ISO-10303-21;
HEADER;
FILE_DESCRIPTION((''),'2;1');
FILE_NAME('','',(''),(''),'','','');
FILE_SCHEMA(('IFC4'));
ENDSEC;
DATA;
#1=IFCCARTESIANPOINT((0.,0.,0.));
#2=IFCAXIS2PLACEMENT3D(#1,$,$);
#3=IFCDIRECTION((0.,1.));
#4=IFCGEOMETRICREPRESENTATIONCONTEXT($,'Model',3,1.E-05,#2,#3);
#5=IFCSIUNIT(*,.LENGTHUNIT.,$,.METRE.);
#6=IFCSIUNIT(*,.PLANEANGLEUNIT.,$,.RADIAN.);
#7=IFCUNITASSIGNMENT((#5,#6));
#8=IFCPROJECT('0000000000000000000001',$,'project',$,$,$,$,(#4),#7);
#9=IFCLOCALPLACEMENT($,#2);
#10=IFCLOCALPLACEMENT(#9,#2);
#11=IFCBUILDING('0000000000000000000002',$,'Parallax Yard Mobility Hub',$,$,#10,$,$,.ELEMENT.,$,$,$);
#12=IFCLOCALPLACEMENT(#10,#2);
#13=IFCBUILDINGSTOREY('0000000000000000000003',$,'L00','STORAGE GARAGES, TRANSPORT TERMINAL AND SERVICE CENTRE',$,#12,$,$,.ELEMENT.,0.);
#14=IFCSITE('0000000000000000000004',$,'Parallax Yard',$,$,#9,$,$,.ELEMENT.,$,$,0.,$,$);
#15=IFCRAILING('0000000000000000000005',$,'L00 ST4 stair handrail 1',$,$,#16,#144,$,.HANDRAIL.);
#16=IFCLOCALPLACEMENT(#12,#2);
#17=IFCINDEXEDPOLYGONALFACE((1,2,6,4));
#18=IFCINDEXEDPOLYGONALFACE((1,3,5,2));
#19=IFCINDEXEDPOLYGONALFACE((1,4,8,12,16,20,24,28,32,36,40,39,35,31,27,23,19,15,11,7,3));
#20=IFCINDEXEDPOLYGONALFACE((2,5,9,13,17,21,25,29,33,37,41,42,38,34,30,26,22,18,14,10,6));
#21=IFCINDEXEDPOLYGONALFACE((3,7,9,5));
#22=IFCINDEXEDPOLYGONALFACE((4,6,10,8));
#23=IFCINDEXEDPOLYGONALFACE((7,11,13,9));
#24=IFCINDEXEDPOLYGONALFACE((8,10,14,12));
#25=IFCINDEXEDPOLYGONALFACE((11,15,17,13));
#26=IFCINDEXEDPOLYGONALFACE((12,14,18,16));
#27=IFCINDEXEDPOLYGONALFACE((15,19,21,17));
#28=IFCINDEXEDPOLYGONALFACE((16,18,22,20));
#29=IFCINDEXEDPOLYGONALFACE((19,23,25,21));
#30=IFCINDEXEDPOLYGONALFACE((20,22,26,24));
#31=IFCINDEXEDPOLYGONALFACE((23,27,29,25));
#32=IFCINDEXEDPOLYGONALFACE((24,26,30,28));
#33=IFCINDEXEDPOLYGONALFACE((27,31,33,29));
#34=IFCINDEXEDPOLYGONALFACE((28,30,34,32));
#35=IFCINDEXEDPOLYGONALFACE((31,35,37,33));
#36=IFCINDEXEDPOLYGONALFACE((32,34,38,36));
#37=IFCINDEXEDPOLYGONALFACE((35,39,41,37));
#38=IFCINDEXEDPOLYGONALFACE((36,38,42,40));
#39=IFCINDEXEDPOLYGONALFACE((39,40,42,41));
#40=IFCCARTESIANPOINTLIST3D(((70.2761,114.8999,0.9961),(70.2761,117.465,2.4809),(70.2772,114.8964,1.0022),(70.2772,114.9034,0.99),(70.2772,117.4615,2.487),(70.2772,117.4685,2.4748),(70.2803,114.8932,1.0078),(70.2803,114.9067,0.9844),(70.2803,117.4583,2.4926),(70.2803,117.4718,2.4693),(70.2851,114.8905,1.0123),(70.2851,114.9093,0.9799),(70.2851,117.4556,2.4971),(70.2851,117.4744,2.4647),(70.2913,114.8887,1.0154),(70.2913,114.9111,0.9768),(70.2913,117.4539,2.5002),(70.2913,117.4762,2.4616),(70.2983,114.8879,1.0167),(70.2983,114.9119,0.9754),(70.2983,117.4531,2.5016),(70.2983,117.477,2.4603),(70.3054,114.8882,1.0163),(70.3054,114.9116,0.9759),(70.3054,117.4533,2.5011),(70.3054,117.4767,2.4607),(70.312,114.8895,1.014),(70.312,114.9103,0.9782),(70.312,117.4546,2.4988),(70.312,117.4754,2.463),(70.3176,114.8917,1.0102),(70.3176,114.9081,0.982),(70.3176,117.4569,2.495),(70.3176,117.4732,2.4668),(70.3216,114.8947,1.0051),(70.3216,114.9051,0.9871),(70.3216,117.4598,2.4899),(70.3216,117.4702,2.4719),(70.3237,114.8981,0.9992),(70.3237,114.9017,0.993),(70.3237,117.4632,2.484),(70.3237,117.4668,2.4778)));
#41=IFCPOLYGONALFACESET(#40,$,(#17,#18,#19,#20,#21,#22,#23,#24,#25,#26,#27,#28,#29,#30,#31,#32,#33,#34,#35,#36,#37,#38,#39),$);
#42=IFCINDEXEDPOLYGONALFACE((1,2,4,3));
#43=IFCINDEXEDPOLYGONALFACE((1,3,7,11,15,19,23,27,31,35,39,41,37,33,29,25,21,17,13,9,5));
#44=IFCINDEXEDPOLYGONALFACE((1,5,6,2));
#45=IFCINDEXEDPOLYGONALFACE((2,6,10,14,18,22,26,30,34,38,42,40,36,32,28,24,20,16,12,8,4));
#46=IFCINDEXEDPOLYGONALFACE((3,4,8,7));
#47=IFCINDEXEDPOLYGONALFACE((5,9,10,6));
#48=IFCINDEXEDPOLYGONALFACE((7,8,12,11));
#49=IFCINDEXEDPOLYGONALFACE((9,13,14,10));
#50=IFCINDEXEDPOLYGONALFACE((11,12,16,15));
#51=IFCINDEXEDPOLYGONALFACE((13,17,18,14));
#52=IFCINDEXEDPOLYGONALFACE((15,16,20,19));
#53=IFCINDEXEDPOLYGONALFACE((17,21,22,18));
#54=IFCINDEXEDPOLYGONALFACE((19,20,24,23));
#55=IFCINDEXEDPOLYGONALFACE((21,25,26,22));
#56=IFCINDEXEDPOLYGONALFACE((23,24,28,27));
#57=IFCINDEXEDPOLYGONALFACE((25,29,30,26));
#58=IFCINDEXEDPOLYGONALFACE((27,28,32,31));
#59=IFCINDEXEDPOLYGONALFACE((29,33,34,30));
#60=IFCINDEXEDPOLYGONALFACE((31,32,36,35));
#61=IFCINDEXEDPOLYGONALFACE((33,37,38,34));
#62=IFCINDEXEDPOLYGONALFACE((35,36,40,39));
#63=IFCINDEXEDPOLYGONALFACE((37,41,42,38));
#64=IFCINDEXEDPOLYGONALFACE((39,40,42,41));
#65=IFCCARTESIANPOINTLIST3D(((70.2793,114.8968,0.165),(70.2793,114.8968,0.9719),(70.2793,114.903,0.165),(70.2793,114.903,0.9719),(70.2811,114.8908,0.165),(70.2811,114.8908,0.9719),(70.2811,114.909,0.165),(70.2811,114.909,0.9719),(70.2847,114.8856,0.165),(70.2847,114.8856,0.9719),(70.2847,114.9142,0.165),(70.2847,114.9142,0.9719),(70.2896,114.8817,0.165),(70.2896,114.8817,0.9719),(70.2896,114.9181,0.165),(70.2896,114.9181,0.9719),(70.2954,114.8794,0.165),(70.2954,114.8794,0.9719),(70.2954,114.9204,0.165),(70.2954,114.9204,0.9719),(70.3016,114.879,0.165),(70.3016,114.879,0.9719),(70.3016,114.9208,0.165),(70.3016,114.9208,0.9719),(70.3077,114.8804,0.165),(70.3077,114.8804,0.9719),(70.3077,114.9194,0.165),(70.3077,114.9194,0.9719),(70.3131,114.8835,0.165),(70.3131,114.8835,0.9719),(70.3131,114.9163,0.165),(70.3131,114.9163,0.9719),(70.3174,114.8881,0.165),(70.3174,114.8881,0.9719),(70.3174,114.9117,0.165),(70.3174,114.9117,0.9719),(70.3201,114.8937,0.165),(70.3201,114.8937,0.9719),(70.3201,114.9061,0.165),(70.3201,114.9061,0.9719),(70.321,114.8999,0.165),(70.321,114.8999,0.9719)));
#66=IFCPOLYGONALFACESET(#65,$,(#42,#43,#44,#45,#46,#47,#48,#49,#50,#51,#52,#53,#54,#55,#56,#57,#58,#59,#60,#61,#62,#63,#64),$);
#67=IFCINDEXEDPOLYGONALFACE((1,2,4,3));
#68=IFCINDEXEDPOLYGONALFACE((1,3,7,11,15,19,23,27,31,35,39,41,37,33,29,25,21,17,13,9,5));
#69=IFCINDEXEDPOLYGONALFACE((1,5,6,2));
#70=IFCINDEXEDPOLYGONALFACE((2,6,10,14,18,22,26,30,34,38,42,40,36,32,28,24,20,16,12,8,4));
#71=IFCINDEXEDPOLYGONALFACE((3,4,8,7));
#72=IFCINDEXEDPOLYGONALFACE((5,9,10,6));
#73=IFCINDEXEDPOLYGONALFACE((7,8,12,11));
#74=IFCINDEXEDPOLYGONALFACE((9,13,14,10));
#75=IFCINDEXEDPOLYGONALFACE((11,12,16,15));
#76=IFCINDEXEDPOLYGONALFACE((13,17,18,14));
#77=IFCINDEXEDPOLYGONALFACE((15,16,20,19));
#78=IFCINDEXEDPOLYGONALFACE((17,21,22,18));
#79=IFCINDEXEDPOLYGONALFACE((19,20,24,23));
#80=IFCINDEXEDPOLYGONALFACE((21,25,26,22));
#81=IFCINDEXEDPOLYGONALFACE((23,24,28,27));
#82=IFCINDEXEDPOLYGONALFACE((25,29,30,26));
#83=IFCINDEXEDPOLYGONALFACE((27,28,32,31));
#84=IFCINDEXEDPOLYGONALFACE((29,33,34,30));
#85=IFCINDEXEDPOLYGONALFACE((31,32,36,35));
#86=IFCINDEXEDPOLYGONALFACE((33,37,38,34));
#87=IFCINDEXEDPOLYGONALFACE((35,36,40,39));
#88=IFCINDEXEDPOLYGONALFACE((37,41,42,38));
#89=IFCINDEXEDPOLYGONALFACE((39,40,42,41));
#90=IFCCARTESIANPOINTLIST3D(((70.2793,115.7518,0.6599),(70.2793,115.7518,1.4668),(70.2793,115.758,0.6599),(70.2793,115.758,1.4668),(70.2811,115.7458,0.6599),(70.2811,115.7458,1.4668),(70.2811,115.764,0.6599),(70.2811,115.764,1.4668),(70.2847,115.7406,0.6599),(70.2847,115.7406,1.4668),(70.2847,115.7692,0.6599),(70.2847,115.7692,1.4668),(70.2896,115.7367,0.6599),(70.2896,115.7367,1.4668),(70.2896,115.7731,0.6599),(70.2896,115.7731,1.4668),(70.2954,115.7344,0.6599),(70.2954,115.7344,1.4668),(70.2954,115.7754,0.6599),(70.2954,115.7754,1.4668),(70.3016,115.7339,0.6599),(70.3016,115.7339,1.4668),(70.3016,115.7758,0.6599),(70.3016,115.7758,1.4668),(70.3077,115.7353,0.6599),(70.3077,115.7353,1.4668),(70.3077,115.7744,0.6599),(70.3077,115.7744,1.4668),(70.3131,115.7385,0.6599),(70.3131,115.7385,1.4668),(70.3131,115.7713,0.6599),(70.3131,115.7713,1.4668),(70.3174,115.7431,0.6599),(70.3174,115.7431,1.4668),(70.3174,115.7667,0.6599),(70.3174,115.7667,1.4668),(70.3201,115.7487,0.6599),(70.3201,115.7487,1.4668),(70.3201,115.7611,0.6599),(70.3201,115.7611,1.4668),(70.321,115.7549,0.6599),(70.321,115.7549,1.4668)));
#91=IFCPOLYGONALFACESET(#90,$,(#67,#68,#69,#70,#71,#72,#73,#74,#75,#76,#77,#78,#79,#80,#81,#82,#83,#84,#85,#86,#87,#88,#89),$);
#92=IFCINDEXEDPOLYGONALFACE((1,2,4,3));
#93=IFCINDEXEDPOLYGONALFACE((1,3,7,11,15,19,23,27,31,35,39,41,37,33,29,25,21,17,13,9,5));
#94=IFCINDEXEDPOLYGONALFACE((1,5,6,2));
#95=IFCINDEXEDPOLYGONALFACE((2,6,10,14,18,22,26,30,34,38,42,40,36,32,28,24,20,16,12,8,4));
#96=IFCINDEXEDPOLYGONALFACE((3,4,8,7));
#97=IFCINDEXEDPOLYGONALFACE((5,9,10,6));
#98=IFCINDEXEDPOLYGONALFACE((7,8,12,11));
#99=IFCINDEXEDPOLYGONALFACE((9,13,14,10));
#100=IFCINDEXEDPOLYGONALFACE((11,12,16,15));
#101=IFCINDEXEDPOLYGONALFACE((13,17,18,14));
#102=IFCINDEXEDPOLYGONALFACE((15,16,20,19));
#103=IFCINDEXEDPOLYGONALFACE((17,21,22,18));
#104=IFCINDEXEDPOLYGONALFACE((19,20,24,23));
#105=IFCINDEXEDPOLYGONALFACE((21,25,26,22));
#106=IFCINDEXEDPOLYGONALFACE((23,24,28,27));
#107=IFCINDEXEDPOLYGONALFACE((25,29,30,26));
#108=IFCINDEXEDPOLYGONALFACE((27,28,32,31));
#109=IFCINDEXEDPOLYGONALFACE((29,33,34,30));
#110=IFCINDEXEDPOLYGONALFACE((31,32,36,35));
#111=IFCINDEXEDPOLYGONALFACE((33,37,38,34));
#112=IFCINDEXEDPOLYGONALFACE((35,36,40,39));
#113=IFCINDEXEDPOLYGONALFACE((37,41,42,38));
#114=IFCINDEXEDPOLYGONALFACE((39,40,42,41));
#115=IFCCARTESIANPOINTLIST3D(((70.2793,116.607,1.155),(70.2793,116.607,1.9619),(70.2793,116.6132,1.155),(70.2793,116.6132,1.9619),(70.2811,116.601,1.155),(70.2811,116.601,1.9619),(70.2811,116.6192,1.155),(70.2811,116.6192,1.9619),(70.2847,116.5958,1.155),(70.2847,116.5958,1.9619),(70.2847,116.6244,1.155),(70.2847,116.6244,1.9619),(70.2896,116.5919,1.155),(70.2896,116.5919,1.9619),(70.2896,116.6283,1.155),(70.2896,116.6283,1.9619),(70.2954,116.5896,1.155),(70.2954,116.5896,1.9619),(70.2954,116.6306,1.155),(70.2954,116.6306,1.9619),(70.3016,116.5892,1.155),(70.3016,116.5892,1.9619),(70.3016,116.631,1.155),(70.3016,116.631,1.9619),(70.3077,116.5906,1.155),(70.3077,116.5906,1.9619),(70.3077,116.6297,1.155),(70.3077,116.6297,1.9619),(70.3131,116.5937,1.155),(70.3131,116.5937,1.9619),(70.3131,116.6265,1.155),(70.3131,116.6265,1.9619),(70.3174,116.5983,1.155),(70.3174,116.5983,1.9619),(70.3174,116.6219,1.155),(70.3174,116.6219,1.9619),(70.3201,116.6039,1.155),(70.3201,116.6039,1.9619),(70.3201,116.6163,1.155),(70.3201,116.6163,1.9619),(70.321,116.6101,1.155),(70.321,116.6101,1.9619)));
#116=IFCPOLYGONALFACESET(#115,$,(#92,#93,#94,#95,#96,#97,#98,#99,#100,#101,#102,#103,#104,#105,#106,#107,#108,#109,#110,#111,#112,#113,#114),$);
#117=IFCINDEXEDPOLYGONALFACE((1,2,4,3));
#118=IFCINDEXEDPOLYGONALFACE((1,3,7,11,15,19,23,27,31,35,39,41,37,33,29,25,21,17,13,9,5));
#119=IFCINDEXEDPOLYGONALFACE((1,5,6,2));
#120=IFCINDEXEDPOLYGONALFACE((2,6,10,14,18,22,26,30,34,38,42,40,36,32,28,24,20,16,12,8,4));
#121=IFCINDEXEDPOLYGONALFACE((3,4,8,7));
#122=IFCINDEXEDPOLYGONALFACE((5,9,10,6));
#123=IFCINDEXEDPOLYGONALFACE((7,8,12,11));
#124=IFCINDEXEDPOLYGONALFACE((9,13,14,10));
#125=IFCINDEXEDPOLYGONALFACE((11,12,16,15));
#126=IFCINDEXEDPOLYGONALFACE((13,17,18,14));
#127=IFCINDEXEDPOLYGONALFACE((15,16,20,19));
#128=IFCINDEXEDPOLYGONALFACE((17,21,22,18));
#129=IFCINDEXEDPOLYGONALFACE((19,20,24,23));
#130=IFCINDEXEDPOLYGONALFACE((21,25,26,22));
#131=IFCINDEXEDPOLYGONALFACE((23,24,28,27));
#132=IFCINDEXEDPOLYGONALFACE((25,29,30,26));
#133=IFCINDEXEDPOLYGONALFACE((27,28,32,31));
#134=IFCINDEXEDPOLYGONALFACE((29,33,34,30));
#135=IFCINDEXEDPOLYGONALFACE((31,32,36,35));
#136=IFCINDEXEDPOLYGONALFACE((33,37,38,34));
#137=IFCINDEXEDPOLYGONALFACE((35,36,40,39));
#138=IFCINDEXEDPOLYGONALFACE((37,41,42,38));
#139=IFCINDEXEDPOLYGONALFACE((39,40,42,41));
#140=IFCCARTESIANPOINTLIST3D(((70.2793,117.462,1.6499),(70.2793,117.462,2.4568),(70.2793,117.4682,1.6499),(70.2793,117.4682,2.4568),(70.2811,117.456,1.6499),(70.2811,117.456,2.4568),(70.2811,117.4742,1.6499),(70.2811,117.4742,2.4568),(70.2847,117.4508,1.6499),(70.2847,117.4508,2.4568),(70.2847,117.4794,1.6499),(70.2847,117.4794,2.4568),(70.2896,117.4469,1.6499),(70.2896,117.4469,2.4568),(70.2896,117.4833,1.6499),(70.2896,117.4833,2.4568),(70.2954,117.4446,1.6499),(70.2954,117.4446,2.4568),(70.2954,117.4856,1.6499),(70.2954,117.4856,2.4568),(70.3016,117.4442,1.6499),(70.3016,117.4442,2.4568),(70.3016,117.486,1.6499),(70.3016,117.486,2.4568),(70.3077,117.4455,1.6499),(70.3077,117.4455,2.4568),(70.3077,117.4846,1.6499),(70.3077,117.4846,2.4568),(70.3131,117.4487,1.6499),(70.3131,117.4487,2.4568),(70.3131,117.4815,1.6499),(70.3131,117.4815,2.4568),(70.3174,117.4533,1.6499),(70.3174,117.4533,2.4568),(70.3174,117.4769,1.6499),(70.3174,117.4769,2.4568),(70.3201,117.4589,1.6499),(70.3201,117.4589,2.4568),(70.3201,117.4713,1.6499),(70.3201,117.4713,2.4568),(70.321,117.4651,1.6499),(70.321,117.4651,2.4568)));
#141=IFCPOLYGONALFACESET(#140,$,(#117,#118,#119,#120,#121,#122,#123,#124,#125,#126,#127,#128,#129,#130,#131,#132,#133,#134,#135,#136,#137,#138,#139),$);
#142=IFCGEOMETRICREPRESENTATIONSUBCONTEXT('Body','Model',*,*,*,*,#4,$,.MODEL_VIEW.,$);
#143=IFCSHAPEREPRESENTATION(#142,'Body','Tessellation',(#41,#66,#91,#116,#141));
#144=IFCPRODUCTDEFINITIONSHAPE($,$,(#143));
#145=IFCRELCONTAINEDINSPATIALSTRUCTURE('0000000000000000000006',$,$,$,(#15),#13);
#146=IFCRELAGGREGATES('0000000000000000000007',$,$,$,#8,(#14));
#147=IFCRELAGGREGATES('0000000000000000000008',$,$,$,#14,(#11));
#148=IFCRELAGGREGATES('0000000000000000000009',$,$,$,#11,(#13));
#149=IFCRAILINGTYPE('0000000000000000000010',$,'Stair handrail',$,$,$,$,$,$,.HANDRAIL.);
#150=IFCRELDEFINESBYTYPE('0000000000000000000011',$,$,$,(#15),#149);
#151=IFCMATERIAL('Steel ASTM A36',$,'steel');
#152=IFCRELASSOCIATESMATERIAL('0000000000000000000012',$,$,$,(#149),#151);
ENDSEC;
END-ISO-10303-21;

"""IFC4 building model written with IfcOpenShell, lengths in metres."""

from ifc_helpers import new_model, si_unit, direction, frame, origin, origin_2d, place, context, subcontext, project, spatial, circle, extrude, material, type_object, element, save


model = new_model("IFC4")

# Units and contexts
model_context = context("Model", 3, precision=1e-05, world=origin(), true_north=direction((0.0, 1.0)))
body_context = subcontext(model_context, "Body", "Model", "MODEL_VIEW")
ifc_project = project(units=[si_unit("LENGTHUNIT", "METRE"), si_unit("PLANEANGLEUNIT", "RADIAN")], contexts=[model_context])

# Site, building, storey
site_placement = place(None, origin())
site = spatial("IfcSite", under=ifc_project, at=site_placement, Name="Parallax Yard", CompositionType="ELEMENT", RefElevation=0.0)
building_placement = place(site_placement, origin())
building = spatial("IfcBuilding", under=site, at=building_placement, Name="Parallax Yard Mobility Hub", CompositionType="ELEMENT")
storey_placement = place(building_placement, origin())
storey = spatial("IfcBuildingStorey", under=building, at=storey_placement, Name="L00", Description="STORAGE GARAGES, TRANSPORT TERMINAL AND SERVICE CENTRE", CompositionType="ELEMENT", Elevation=0.0)

# Railing
ifc_material_1 = material(Name="Steel ASTM A36", Category="steel")
railing_type_1 = type_object("IfcRailingType", Name="Stair handrail", PredefinedType="HANDRAIL", material=ifc_material_1)
railing_1_placement = place(storey_placement, frame((70.3, 114.8999, 0.165)))
element("IfcRailing", 1, at=railing_1_placement, inside=storey, type_object=railing_type_1, Name="L00 ST4 stair handrail 1", PredefinedType="HANDRAIL", context=body_context, shape_type="SweptSolid", body=[
    extrude(circle(Radius=0.0239, at=origin_2d()), frame((0.0, 0.0, 0.8311), z_axis=(0.0, 0.865462, 0.500975), x_axis=(-1.0, 0.0, 0.0)), (0.0, 0.0, 1.0), 2.9639),
    extrude(circle(Radius=0.021, at=origin_2d()), origin(), (0.0, 0.0, 1.0), 0.8069),
    extrude(circle(Radius=0.021, at=origin_2d()), frame((0.0, 0.855, 0.4949)), (0.0, 0.0, 1.0), 0.8069),
    extrude(circle(Radius=0.021, at=origin_2d()), frame((0.0, 1.7102, 0.99)), (0.0, 0.0, 1.0), 0.8069),
    extrude(circle(Radius=0.021, at=origin_2d()), frame((0.0, 2.5652, 1.4849)), (0.0, 0.0, 1.0), 0.8069),
])

save(model, "model.ifc")
